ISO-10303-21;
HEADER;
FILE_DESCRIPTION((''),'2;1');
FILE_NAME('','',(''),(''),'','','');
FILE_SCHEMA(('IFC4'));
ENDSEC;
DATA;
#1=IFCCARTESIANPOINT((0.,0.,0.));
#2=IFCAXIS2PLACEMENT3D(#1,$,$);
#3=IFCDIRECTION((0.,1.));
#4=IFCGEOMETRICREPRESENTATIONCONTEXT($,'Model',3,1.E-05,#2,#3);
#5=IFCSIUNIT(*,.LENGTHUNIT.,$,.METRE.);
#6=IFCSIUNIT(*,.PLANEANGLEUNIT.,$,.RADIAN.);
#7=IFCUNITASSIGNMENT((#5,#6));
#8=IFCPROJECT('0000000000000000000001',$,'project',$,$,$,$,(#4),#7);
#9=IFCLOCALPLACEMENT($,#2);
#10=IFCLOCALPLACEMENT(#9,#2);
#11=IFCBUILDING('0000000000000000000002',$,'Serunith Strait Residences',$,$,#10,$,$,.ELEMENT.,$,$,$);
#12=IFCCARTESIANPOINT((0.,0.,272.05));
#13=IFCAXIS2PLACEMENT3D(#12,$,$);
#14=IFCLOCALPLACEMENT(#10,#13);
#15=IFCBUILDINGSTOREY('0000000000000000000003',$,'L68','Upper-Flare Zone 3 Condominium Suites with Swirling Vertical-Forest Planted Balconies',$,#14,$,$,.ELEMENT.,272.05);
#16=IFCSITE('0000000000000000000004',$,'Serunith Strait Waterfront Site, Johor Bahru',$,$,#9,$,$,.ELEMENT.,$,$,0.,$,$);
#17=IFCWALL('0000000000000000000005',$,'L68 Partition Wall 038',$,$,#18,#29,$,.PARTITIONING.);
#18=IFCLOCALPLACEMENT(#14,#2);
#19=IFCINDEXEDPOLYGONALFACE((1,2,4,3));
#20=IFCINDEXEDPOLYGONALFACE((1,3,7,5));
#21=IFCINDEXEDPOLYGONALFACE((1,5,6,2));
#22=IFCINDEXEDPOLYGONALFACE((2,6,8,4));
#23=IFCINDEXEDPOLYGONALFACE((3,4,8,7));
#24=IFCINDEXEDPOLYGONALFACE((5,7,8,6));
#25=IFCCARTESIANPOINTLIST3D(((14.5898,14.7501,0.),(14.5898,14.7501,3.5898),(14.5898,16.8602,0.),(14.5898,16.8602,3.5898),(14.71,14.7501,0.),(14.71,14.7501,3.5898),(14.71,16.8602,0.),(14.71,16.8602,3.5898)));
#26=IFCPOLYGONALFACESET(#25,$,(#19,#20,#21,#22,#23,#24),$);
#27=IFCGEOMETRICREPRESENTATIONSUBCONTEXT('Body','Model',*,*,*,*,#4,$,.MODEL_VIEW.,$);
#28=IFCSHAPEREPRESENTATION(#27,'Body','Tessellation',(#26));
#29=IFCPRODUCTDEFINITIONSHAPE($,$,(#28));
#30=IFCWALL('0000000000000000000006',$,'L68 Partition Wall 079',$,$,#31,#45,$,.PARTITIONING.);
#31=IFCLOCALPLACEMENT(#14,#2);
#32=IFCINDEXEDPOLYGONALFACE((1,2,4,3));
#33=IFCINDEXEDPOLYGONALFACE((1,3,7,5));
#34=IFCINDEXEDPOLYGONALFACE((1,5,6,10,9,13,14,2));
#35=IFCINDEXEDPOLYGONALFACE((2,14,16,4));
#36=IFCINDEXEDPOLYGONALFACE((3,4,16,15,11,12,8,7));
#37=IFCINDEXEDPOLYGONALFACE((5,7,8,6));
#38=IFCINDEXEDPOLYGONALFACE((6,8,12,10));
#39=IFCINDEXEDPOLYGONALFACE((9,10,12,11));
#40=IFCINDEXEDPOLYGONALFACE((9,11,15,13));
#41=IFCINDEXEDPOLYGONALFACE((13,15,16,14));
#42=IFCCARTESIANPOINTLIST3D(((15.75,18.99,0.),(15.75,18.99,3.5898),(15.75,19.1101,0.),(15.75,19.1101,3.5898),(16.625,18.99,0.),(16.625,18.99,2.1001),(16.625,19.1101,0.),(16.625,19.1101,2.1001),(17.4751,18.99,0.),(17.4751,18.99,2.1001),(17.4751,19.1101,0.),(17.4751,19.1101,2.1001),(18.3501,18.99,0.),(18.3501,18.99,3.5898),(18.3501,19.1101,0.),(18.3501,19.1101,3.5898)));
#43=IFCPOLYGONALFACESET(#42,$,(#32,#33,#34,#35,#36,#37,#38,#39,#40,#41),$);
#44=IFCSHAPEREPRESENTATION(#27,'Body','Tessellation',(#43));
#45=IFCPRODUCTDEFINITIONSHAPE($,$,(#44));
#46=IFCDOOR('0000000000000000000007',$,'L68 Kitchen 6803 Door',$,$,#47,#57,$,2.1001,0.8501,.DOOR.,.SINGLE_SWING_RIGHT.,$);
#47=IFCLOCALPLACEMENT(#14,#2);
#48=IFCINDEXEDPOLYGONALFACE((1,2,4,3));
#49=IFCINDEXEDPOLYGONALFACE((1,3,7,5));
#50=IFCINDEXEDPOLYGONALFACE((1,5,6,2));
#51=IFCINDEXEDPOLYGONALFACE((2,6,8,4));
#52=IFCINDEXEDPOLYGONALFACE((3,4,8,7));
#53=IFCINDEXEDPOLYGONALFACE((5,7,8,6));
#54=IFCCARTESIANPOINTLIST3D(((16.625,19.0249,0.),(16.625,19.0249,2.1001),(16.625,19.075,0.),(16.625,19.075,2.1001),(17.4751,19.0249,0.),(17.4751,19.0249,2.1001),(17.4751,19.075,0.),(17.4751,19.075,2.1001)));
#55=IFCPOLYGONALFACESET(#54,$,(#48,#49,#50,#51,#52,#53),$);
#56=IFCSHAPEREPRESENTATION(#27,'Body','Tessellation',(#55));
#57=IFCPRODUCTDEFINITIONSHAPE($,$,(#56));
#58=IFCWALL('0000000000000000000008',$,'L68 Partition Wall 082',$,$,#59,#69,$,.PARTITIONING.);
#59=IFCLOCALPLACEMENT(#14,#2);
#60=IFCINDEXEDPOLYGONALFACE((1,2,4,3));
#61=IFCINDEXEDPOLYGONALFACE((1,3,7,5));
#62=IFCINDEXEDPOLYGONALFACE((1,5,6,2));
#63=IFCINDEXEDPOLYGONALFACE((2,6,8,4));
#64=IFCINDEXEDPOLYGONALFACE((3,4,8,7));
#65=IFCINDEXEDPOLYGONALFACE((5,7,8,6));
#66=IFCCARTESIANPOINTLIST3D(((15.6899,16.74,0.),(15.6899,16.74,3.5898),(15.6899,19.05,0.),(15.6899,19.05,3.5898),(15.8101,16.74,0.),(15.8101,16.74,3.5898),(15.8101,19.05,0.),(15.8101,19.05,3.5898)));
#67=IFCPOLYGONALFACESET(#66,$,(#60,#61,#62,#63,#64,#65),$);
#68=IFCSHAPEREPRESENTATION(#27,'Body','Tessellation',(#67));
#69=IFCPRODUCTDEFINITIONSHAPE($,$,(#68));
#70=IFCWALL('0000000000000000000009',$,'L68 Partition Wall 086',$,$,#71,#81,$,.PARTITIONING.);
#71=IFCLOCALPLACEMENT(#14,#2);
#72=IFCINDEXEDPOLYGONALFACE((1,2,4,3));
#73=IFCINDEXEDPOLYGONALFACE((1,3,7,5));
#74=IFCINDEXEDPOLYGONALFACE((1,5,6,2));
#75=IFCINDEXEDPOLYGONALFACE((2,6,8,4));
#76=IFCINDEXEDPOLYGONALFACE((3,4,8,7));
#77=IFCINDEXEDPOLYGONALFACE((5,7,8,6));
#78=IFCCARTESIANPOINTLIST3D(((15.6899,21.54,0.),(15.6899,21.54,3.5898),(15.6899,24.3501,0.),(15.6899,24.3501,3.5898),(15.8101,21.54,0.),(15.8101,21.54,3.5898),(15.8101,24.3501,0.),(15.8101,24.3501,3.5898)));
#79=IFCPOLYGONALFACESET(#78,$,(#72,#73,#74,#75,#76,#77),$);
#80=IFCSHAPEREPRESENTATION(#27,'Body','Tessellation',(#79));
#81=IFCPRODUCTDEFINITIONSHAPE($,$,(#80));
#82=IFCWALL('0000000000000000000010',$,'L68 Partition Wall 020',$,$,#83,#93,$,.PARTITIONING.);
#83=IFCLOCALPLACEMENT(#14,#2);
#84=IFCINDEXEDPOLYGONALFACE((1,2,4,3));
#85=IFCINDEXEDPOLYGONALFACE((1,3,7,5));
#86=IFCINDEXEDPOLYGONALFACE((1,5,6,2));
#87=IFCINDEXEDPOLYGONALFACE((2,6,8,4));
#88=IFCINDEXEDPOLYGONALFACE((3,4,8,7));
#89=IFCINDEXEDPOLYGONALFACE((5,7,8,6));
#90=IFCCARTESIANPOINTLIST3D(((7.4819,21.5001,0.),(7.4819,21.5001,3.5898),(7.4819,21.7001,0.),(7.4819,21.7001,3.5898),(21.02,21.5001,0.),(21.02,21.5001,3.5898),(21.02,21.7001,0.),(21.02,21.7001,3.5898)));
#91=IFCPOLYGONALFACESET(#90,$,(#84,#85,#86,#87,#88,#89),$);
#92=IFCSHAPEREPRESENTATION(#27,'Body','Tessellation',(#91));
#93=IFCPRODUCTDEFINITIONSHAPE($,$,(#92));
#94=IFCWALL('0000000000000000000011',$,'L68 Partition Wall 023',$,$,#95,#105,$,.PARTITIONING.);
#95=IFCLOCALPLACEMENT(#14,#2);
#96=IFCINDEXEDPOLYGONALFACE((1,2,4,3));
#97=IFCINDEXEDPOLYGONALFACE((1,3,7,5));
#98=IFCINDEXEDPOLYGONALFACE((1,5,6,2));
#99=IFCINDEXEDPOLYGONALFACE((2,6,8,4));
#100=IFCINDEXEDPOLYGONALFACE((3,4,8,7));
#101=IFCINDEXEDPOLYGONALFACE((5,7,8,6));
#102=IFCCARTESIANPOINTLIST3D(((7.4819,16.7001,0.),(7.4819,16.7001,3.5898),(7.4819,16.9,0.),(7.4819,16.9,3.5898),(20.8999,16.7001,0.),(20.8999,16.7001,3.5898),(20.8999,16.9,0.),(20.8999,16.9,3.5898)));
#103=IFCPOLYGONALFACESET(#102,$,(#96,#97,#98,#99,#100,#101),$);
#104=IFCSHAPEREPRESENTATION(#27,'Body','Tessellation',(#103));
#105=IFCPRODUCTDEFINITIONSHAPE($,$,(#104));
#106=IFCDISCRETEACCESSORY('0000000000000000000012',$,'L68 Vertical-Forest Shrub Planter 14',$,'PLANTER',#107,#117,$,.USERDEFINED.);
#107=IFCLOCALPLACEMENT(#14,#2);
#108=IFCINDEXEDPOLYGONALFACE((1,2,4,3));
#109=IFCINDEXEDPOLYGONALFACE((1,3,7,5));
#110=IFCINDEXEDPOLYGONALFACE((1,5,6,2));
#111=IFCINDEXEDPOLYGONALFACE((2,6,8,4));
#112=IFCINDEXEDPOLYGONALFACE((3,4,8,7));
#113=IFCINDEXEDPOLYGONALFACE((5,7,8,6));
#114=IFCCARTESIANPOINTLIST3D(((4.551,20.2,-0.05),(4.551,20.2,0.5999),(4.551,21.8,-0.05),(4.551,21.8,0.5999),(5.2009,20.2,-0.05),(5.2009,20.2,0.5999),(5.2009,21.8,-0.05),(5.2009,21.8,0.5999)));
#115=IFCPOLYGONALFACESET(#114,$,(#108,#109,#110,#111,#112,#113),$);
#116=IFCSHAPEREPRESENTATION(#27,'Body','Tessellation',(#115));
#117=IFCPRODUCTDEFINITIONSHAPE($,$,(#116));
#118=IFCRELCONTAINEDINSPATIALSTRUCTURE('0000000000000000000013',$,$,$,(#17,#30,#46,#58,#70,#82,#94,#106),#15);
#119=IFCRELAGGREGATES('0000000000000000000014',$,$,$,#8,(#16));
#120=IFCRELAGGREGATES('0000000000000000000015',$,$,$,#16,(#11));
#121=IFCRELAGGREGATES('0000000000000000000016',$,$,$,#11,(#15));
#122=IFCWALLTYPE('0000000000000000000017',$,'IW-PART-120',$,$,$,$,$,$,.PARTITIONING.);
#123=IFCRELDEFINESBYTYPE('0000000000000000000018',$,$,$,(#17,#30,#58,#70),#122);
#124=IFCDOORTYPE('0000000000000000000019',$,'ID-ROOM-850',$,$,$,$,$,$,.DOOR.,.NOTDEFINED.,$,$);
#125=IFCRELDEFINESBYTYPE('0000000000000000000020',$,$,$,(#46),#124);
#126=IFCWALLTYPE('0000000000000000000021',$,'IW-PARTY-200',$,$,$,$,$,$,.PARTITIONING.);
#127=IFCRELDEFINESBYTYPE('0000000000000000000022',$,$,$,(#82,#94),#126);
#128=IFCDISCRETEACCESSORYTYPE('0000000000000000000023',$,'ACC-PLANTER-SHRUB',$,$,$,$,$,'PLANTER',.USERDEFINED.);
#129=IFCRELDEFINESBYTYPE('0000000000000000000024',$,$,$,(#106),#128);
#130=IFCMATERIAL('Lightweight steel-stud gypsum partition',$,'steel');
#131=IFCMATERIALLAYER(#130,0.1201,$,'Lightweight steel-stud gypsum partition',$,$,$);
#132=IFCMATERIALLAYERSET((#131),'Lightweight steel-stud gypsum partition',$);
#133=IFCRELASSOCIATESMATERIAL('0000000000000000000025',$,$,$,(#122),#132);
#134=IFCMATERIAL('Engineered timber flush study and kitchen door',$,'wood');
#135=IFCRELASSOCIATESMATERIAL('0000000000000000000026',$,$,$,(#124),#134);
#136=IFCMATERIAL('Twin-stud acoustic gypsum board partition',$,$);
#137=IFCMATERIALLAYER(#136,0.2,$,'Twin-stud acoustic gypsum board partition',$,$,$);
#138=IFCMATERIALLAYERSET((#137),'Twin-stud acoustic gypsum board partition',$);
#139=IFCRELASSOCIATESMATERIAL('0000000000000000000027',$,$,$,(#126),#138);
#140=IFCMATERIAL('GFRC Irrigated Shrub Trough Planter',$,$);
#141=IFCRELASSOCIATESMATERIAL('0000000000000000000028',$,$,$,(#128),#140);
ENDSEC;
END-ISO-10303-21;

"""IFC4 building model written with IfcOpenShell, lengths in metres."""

from ifc_helpers import new_model, si_unit, direction, frame, frame_2d, origin, origin_2d, place, context, subcontext, project, spatial, rectangle, extrude, source, transform, mapped, material, layer, layer_set, type_object, element, fill, save


model = new_model("IFC4")

# Units and contexts
model_context = context("Model", 3, precision=1e-05, world=origin(), true_north=direction((0.0, 1.0)))
body_context = subcontext(model_context, "Body", "Model", "MODEL_VIEW")
ifc_project = project(units=[si_unit("LENGTHUNIT", "METRE"), si_unit("PLANEANGLEUNIT", "RADIAN")], contexts=[model_context])

# Site, building, storey
site_placement = place(None, origin())
site = spatial("IfcSite", under=ifc_project, at=site_placement, Name="Serunith Strait Waterfront Site, Johor Bahru", CompositionType="ELEMENT", RefElevation=0.0)
building_placement = place(site_placement, origin())
building = spatial("IfcBuilding", under=site, at=building_placement, Name="Serunith Strait Residences", CompositionType="ELEMENT")
storey_placement = place(building_placement, frame((0.0, 0.0, 272.05)))
storey = spatial("IfcBuildingStorey", under=building, at=storey_placement, Name="L68", Description="Upper-Flare Zone 3 Condominium Suites with Swirling Vertical-Forest Planted Balconies", CompositionType="ELEMENT", Elevation=272.05)

# Wall
ifc_material_1 = material(Name="Lightweight steel-stud gypsum partition", Category="steel")
ifc_layer_1 = layer(ifc_material_1, 0.1201, Name="Lightweight steel-stud gypsum partition")
ifc_layer_set_1 = layer_set([ifc_layer_1], Name="Lightweight steel-stud gypsum partition")
wall_type_1 = type_object("IfcWallType", Name="IW-PART-120", PredefinedType="PARTITIONING", material=ifc_layer_set_1)
wall_1_placement = place(storey_placement, frame((14.6499, 14.75, 0.0), z_axis=(0.0, 0.0, 1.0), x_axis=(0.0, 1.0, 0.0)))
element("IfcWall", 1, at=wall_1_placement, inside=storey, type_object=wall_type_1, Name="L68 Partition Wall 038", PredefinedType="PARTITIONING", context=body_context, shape_type="SweptSolid", body=[
    extrude(rectangle(XDim=2.1101, YDim=0.1201, at=frame_2d((1.0552, 0.0))), origin(), (0.0, 0.0, 1.0), 3.5898),
])

# Wall, opening, door
wall_2_placement = place(storey_placement, frame((15.75, 19.05, 0.0), z_axis=(0.0, 0.0, 1.0), x_axis=(1.0, 0.0, 0.0)))
wall_2 = element("IfcWall", 2, at=wall_2_placement, inside=storey, type_object=wall_type_1, Name="L68 Partition Wall 079", PredefinedType="PARTITIONING", context=body_context, shape_type="SweptSolid", body=[
    extrude(rectangle(XDim=2.6001, YDim=0.1201, at=frame_2d((1.3, 0.0))), origin(), (0.0, 0.0, 1.0), 3.5898),
])
opening_placement = place(wall_2_placement, frame((0.875, 0.0, 0.0)))
opening = element("IfcOpeningElement", 3, at=opening_placement, cuts=wall_2, PredefinedType="OPENING", context=body_context, shape_type="SweptSolid", body=[
    extrude(rectangle(XDim=0.8501, YDim=2.1001, at=frame_2d((0.425, 1.05))), frame((0.0, 0.0701, 0.0), z_axis=(0.0, -1.0, 0.0), x_axis=(1.0, 0.0, 0.0)), (0.0, 0.0, 1.0), 0.1401),
])
ifc_material_2 = material(Name="Engineered timber flush study and kitchen door", Category="wood")
door_type = type_object("IfcDoorType", Name="ID-ROOM-850", OperationType="NOTDEFINED", PredefinedType="DOOR", material=ifc_material_2)
shared_shape_1 = source(origin(), body_context, "Body", "SweptSolid", [
    extrude(rectangle(XDim=0.8501, YDim=2.1001, at=frame_2d((0.425, 1.05))), frame((0.0, 0.0249, 0.0), z_axis=(0.0, -1.0, 0.0), x_axis=(1.0, 0.0, 0.0)), (0.0, 0.0, 1.0), 0.05),
])
door_placement = place(opening_placement, origin())
door = element("IfcDoor", 4, at=door_placement, inside=storey, type_object=door_type, Name="L68 Kitchen 6803 Door", OperationType="SINGLE_SWING_RIGHT", OverallHeight=2.1001, OverallWidth=0.8501, PredefinedType="DOOR", context=body_context, shape_type="MappedRepresentation", body=[
    mapped(shared_shape_1, transform((0.0, 0.0, 0.0), scale=1.0)),
])
fill(opening, door)

# Walls
wall_3_placement = place(storey_placement, frame((15.75, 16.74, 0.0), z_axis=(0.0, 0.0, 1.0), x_axis=(0.0, 1.0, 0.0)))
element("IfcWall", 5, at=wall_3_placement, inside=storey, type_object=wall_type_1, Name="L68 Partition Wall 082", PredefinedType="PARTITIONING", context=body_context, shape_type="SweptSolid", body=[
    extrude(rectangle(XDim=2.3101, YDim=0.1201, at=frame_2d((1.155, 0.0))), origin(), (0.0, 0.0, 1.0), 3.5898),
])
wall_4_placement = place(storey_placement, frame((15.75, 21.54, 0.0), z_axis=(0.0, 0.0, 1.0), x_axis=(0.0, 1.0, 0.0)))
element("IfcWall", 6, at=wall_4_placement, inside=storey, type_object=wall_type_1, Name="L68 Partition Wall 086", PredefinedType="PARTITIONING", context=body_context, shape_type="SweptSolid", body=[
    extrude(rectangle(XDim=2.8101, YDim=0.1201, at=frame_2d((1.405, 0.0))), origin(), (0.0, 0.0, 1.0), 3.5898),
])
ifc_material_3 = material(Name="Twin-stud acoustic gypsum board partition")
ifc_layer_2 = layer(ifc_material_3, 0.2, Name="Twin-stud acoustic gypsum board partition")
ifc_layer_set_2 = layer_set([ifc_layer_2], Name="Twin-stud acoustic gypsum board partition")
wall_type_2 = type_object("IfcWallType", Name="IW-PARTY-200", PredefinedType="PARTITIONING", material=ifc_layer_set_2)
wall_5_placement = place(storey_placement, frame((7.4819, 21.6001, 0.0), z_axis=(0.0, 0.0, 1.0), x_axis=(1.0, 0.0, 0.0)))
element("IfcWall", 7, at=wall_5_placement, inside=storey, type_object=wall_type_2, Name="L68 Partition Wall 020", PredefinedType="PARTITIONING", context=body_context, shape_type="SweptSolid", body=[
    extrude(rectangle(XDim=13.5381, YDim=0.2, at=frame_2d((6.769, 0.0))), origin(), (0.0, 0.0, 1.0), 3.5898),
])
wall_6_placement = place(storey_placement, frame((7.4819, 16.8, 0.0), z_axis=(0.0, 0.0, 1.0), x_axis=(1.0, 0.0, 0.0)))
element("IfcWall", 8, at=wall_6_placement, inside=storey, type_object=wall_type_2, Name="L68 Partition Wall 023", PredefinedType="PARTITIONING", context=body_context, shape_type="SweptSolid", body=[
    extrude(rectangle(XDim=13.418, YDim=0.2, at=frame_2d((6.709, 0.0))), origin(), (0.0, 0.0, 1.0), 3.5898),
])

# Discrete accessory
ifc_material_4 = material(Name="GFRC Irrigated Shrub Trough Planter")
discrete_accessory_type = type_object("IfcDiscreteAccessoryType", Name="ACC-PLANTER-SHRUB", ElementType="PLANTER", PredefinedType="USERDEFINED", material=ifc_material_4)
shared_shape_2 = source(origin(), body_context, "Body", "SweptSolid", [
    extrude(rectangle(XDim=1.6001, YDim=0.6499, at=origin_2d()), origin(), (0.0, 0.0, 1.0), 0.6499),
])
discrete_accessory_placement = place(storey_placement, frame((4.876, 21.0, -0.05), z_axis=(0.0, 0.0, 1.0), x_axis=(0.0, -1.0, 0.0)))
element("IfcDiscreteAccessory", 9, at=discrete_accessory_placement, inside=storey, type_object=discrete_accessory_type, Name="L68 Vertical-Forest Shrub Planter 14", ObjectType="PLANTER", PredefinedType="USERDEFINED", context=body_context, shape_type="MappedRepresentation", body=[
    mapped(shared_shape_2, transform((0.0, 0.0, 0.0), scale=1.0)),
])

save(model, "model.ifc")
